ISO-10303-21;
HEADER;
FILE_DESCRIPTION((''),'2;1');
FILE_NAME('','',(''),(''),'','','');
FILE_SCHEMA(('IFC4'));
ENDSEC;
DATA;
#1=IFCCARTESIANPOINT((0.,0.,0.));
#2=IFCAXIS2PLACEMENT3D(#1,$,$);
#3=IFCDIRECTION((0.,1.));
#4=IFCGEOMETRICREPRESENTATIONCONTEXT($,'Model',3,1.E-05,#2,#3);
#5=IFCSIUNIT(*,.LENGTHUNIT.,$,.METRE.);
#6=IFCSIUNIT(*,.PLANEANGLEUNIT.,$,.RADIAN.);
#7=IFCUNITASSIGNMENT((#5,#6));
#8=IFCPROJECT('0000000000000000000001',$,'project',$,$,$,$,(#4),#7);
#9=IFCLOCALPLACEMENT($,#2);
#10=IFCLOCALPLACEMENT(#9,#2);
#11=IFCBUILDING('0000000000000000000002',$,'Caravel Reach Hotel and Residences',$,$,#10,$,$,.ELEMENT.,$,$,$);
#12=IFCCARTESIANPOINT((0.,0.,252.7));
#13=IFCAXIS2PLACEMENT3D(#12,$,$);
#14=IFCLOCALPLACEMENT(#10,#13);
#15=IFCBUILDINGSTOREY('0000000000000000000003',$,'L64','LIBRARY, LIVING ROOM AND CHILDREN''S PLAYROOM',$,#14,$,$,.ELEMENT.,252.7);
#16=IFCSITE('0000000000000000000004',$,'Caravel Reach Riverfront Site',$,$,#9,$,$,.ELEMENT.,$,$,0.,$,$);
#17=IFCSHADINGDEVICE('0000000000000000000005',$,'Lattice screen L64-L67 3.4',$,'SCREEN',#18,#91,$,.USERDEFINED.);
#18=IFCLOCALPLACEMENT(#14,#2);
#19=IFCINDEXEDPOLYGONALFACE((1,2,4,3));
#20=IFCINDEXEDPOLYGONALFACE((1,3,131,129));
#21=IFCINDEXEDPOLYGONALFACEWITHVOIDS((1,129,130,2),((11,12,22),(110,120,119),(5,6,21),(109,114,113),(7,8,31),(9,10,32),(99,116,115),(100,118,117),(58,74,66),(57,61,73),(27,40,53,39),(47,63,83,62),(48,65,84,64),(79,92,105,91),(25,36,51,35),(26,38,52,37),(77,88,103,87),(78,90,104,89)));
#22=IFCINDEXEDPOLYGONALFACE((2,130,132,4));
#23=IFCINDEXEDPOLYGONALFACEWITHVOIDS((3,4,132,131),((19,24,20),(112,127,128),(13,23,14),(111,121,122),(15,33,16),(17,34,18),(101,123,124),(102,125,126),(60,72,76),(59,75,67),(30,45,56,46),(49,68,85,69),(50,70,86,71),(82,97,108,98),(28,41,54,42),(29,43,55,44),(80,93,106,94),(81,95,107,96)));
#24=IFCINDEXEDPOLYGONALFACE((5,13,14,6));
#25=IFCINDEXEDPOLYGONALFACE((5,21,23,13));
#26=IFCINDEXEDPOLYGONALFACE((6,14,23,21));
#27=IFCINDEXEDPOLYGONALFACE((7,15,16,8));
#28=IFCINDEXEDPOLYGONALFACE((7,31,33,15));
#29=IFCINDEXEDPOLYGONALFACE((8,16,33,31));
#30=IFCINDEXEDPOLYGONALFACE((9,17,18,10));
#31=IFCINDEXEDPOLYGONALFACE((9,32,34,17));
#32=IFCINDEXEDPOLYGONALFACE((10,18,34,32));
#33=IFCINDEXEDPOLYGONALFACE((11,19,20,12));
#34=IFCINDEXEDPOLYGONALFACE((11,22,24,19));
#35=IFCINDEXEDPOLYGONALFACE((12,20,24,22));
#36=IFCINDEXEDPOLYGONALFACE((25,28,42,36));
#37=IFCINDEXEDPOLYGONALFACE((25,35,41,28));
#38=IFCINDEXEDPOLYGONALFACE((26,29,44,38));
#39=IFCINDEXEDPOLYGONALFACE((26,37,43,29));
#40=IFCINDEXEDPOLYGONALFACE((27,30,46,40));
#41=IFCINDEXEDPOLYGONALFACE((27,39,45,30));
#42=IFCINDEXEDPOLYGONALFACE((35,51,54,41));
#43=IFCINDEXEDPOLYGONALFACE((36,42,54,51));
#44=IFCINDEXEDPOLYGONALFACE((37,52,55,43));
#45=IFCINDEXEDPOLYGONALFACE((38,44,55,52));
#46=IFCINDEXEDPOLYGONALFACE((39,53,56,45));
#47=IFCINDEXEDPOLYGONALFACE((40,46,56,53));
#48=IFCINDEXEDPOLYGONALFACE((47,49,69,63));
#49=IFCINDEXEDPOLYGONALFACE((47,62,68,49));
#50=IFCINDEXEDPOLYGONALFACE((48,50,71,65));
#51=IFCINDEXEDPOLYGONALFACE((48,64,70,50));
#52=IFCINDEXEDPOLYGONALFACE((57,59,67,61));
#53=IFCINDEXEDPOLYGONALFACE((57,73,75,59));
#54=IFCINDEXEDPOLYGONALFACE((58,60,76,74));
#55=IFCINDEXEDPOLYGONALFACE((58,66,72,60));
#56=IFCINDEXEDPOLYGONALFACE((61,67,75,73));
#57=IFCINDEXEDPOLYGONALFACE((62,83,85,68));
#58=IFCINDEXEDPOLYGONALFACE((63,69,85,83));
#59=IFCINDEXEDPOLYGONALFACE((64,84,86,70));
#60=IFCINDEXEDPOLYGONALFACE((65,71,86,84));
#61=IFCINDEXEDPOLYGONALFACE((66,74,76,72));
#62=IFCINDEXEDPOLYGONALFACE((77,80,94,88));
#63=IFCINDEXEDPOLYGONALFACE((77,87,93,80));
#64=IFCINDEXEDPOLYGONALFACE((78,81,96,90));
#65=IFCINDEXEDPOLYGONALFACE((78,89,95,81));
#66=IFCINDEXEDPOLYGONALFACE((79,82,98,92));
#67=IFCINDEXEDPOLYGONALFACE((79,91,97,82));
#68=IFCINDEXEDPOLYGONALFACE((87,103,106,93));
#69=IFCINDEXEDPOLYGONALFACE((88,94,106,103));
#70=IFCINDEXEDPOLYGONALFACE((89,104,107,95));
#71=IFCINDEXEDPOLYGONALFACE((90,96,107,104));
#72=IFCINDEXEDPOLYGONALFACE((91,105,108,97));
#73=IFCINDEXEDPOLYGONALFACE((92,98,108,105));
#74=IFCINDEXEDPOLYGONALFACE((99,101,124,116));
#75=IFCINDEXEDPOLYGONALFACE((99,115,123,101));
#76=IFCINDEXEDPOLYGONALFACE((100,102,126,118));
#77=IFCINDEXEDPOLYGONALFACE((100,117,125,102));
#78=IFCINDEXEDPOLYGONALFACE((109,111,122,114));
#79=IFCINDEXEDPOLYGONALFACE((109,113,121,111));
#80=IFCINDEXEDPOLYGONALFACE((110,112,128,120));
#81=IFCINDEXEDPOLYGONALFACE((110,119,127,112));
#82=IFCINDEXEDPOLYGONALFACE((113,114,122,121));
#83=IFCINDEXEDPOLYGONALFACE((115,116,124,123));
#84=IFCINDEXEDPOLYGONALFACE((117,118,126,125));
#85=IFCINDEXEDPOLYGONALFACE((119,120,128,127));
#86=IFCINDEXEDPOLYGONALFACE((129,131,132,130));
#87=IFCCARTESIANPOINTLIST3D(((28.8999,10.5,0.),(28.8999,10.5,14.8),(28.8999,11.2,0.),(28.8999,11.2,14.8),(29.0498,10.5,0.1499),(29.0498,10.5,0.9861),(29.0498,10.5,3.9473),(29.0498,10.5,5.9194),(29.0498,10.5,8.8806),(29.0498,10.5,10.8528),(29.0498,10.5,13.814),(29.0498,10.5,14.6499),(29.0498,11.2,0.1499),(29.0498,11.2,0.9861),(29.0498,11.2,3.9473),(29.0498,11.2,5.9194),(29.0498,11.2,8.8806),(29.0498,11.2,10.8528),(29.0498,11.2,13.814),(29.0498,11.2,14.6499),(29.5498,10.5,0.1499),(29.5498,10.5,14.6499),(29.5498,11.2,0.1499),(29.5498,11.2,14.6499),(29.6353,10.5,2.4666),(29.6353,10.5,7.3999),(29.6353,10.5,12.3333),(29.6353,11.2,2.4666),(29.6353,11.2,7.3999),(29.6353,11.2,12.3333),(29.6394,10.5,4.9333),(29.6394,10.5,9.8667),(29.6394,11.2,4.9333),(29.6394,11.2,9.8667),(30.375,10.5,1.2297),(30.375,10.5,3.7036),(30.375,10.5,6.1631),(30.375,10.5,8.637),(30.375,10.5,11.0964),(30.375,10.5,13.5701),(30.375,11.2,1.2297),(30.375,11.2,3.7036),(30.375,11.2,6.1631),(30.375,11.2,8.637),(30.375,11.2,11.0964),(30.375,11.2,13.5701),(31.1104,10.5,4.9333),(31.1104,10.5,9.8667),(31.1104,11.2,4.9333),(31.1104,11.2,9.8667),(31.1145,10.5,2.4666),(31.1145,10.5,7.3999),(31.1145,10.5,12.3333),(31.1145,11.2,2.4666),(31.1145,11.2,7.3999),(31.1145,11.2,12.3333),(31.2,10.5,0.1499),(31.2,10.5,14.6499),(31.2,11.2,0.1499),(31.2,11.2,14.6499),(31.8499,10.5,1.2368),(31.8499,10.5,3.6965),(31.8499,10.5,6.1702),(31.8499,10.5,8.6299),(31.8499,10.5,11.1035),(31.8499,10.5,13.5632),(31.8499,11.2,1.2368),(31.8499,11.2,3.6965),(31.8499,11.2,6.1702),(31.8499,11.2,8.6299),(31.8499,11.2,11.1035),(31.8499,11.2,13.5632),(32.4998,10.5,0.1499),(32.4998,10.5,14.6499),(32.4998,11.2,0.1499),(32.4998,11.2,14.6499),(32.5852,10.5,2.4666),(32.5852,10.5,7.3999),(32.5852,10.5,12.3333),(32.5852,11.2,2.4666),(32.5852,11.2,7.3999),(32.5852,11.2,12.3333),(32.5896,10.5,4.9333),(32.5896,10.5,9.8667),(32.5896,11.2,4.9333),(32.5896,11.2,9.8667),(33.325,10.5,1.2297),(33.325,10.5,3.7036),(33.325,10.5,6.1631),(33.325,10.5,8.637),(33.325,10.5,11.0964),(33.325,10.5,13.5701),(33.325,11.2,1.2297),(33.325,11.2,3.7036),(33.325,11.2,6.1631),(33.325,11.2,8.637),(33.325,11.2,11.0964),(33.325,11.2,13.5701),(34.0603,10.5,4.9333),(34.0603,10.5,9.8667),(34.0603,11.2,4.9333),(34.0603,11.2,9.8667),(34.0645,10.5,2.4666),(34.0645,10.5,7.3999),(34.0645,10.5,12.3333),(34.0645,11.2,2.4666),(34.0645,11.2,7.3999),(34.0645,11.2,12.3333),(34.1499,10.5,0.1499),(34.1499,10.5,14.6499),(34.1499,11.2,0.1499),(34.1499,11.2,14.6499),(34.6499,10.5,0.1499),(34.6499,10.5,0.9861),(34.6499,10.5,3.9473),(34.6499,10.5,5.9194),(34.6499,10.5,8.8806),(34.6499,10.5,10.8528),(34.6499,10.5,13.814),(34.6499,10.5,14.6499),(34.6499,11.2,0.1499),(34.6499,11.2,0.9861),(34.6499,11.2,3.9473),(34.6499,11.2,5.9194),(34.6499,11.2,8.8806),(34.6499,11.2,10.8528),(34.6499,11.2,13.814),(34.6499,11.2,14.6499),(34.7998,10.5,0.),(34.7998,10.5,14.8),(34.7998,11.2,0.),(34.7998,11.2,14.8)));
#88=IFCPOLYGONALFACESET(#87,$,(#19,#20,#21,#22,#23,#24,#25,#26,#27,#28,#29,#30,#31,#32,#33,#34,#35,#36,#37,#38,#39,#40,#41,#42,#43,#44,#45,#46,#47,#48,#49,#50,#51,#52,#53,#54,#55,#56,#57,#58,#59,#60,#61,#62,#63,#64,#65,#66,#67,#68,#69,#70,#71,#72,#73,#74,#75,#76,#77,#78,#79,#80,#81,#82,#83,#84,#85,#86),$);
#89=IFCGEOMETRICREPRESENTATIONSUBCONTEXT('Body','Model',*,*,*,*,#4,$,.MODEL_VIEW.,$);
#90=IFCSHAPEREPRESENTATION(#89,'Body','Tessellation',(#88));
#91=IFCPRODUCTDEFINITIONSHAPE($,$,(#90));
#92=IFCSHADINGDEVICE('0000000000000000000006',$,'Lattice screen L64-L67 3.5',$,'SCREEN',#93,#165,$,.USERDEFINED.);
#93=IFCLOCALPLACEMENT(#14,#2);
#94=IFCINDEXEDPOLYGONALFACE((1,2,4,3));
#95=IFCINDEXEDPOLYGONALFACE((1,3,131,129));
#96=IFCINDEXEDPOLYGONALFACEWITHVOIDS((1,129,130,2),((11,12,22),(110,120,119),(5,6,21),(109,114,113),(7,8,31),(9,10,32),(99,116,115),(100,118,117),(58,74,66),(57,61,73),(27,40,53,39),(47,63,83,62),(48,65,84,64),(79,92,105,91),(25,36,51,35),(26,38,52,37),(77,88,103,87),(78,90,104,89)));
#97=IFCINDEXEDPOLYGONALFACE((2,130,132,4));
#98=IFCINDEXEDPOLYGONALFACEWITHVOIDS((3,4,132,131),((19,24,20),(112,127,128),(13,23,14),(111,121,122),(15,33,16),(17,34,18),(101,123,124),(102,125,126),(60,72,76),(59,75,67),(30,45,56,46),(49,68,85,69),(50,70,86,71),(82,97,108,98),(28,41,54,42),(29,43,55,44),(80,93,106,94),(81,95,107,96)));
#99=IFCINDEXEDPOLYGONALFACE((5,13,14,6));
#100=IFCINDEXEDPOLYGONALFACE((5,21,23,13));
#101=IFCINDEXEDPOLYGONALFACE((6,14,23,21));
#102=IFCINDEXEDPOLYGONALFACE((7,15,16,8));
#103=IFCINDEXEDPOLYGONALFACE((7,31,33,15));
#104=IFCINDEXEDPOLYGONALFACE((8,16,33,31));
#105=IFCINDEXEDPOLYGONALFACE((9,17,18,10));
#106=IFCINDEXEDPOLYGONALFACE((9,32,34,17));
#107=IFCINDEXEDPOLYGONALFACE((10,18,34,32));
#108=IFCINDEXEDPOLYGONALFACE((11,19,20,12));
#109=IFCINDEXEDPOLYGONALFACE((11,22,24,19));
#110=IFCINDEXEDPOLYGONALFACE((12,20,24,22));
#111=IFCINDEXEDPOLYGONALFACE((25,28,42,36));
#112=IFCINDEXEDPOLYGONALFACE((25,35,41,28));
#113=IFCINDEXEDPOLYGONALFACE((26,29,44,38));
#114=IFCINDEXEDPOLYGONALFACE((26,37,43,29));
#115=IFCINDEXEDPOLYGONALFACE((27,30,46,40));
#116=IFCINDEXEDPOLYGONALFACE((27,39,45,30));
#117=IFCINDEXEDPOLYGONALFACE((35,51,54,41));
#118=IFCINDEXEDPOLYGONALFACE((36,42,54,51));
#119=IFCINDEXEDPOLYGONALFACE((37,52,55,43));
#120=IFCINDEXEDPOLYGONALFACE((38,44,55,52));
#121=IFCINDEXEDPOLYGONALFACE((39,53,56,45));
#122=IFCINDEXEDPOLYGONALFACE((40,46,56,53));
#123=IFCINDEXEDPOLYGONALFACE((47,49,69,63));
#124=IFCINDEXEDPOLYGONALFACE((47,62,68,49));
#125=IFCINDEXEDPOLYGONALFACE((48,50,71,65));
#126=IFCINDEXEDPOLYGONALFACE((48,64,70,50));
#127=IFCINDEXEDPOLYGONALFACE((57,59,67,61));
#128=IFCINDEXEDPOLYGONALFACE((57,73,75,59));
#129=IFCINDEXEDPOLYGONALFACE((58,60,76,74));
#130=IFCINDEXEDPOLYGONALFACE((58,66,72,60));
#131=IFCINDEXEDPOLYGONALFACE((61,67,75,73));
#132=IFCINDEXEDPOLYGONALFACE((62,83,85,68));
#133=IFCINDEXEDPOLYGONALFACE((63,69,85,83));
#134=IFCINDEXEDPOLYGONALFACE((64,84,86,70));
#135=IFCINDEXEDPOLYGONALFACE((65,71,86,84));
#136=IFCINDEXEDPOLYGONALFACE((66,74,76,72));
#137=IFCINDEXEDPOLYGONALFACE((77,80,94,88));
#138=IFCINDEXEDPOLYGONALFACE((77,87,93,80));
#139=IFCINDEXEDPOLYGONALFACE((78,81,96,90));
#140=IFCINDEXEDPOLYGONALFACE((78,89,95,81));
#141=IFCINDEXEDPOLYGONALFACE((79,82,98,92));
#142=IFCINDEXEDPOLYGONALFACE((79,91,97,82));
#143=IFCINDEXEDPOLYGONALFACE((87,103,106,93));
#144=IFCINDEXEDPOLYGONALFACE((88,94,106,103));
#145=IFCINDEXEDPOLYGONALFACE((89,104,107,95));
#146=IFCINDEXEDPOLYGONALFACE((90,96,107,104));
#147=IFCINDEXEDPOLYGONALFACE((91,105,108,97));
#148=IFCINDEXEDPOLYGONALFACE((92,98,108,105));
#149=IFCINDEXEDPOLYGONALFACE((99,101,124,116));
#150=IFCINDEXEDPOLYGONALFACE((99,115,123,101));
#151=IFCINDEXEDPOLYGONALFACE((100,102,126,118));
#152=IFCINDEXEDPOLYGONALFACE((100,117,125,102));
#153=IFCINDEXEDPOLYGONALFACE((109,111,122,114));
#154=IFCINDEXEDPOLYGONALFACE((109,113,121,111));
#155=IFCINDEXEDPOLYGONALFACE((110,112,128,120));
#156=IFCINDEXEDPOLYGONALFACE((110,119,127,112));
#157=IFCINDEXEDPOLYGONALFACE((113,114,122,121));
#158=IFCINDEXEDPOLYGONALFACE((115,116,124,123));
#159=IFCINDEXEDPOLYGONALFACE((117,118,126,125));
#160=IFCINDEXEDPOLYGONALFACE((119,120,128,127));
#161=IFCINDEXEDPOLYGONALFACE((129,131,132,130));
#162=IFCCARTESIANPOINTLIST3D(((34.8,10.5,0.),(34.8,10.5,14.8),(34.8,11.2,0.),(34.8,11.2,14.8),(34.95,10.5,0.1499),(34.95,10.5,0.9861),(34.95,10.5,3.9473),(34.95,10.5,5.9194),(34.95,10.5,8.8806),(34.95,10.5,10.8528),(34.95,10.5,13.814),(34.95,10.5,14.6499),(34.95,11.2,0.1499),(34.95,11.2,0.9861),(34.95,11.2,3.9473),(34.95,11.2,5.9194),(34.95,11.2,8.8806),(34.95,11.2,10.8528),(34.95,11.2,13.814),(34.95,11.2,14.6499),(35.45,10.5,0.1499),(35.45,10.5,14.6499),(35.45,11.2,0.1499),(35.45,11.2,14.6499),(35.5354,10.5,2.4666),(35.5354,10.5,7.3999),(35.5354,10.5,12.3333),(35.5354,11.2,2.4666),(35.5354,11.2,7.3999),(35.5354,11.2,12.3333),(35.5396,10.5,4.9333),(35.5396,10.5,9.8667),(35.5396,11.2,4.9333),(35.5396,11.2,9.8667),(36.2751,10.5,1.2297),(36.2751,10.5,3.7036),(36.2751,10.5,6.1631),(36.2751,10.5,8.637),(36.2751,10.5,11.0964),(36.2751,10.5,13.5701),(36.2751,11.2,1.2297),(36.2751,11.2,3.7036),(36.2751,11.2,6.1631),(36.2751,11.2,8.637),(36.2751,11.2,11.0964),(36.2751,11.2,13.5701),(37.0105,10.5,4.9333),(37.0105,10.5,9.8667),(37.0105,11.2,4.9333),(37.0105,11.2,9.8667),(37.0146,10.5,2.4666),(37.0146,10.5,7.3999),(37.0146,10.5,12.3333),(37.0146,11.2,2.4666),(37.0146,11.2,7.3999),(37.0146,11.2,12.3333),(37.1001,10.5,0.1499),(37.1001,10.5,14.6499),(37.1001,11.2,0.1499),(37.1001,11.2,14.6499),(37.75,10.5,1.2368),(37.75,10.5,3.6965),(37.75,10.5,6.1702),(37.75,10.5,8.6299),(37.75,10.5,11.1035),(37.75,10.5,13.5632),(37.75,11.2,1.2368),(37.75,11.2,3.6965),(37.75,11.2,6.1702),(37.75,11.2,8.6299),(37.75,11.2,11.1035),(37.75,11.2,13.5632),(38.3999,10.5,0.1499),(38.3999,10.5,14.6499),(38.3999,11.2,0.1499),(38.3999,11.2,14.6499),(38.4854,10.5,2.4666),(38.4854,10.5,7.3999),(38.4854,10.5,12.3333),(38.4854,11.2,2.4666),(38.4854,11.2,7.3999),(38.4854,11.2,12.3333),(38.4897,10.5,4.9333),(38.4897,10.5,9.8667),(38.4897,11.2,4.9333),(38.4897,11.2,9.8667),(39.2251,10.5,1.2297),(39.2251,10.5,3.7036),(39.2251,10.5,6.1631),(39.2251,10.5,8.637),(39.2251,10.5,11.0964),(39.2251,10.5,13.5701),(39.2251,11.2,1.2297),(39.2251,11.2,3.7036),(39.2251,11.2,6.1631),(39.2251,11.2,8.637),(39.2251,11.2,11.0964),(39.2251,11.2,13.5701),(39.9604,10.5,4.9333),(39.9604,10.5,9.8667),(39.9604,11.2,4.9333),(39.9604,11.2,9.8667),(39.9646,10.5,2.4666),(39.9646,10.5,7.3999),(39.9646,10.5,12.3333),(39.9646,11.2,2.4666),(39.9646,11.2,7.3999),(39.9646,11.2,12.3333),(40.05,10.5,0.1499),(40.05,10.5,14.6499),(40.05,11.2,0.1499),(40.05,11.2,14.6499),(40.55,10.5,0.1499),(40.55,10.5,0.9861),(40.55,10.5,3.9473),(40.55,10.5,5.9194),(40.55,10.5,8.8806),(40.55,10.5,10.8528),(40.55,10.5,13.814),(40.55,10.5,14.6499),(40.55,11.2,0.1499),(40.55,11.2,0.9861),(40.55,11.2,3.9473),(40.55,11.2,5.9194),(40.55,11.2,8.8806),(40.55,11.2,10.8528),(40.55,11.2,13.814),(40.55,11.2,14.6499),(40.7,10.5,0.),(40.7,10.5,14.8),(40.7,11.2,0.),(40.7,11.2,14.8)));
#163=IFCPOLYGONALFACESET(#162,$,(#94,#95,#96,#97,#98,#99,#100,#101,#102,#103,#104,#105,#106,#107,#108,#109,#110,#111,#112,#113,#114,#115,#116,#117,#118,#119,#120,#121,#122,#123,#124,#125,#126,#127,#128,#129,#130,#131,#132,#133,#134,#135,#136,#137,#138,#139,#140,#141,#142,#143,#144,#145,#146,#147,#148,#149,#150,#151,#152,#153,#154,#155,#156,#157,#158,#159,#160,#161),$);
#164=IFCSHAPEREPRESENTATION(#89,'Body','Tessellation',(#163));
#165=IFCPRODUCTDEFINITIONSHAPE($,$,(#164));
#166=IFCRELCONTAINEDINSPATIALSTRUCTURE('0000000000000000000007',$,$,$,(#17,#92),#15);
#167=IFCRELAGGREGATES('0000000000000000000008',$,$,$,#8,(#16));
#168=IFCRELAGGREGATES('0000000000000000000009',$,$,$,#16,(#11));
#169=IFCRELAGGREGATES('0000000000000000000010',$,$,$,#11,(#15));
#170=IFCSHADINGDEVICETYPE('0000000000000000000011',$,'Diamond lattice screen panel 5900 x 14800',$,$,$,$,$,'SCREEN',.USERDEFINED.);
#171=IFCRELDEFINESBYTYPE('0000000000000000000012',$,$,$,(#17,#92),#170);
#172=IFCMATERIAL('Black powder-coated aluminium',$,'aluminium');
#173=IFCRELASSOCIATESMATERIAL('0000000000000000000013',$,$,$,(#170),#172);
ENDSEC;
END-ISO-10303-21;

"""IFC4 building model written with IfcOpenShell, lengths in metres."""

from ifc_helpers import new_model, si_unit, direction, frame, origin, place, context, subcontext, project, spatial, polyline, outline, extrude, material, type_object, element, save


model = new_model("IFC4")

# Units and contexts
model_context = context("Model", 3, precision=1e-05, world=origin(), true_north=direction((0.0, 1.0)))
body_context = subcontext(model_context, "Body", "Model", "MODEL_VIEW")
ifc_project = project(units=[si_unit("LENGTHUNIT", "METRE"), si_unit("PLANEANGLEUNIT", "RADIAN")], contexts=[model_context])

# Site, building, storey
site_placement = place(None, origin())
site = spatial("IfcSite", under=ifc_project, at=site_placement, Name="Caravel Reach Riverfront Site", CompositionType="ELEMENT", RefElevation=0.0)
building_placement = place(site_placement, origin())
building = spatial("IfcBuilding", under=site, at=building_placement, Name="Caravel Reach Hotel and Residences", CompositionType="ELEMENT")
storey_placement = place(building_placement, frame((0.0, 0.0, 252.7)))
storey = spatial("IfcBuildingStorey", under=building, at=storey_placement, Name="L64", Description="LIBRARY, LIVING ROOM AND CHILDREN'S PLAYROOM", CompositionType="ELEMENT", Elevation=252.7)

# Shading devices
ifc_material_1 = material(Name="Black powder-coated aluminium", Category="aluminium")
shading_device_type = type_object("IfcShadingDeviceType", Name="Diamond lattice screen panel 5900 x 14800", ElementType="SCREEN", PredefinedType="USERDEFINED", material=ifc_material_1)
shading_device_1_placement = place(storey_placement, frame((28.8999, 11.2, 0.0), z_axis=(0.0, -1.0, 0.0), x_axis=(1.0, 0.0, 0.0)))
element("IfcShadingDevice", 1, at=shading_device_1_placement, inside=storey, type_object=shading_device_type, Name="Lattice screen L64-L67 3.4", ObjectType="SCREEN", PredefinedType="USERDEFINED", context=body_context, shape_type="SweptSolid", body=[
    extrude(outline(polyline([(0.0, 0.0), (5.8999, 0.0), (5.8999, 14.8), (0.0, 14.8), (0.0, 0.0)]), holes=[polyline([(0.6499, 0.1499), (0.1499, 0.9861), (0.1499, 0.1499), (0.6499, 0.1499)]), polyline([(0.7395, 4.9333), (0.1499, 5.9194), (0.1499, 3.9473), (0.7395, 4.9333)]), polyline([(0.7395, 9.8667), (0.1499, 10.8528), (0.1499, 8.8806), (0.7395, 9.8667)]), polyline([(0.1499, 13.814), (0.6499, 14.6499), (0.1499, 14.6499), (0.1499, 13.814)]), polyline([(1.4751, 3.7036), (0.7354, 2.4666), (1.4751, 1.2297), (2.2146, 2.4666), (1.4751, 3.7036)]), polyline([(1.4751, 8.637), (0.7354, 7.3999), (1.4751, 6.1631), (2.2146, 7.3999), (1.4751, 8.637)]), polyline([(1.4751, 13.5701), (0.7354, 12.3333), (1.4751, 11.0964), (2.2146, 12.3333), (1.4751, 13.5701)]), polyline([(2.95, 1.2368), (2.3, 0.1499), (3.5999, 0.1499), (2.95, 1.2368)]), polyline([(2.95, 6.1702), (2.2104, 4.9333), (2.95, 3.6965), (3.6897, 4.9333), (2.95, 6.1702)]), polyline([(2.95, 11.1035), (2.2104, 9.8667), (2.95, 8.6299), (3.6897, 9.8667), (2.95, 11.1035)]), polyline([(2.95, 13.5632), (3.5999, 14.6499), (2.3, 14.6499), (2.95, 13.5632)]), polyline([(4.425, 3.7036), (3.6853, 2.4666), (4.425, 1.2297), (5.1646, 2.4666), (4.425, 3.7036)]), polyline([(4.425, 8.637), (3.6853, 7.3999), (4.425, 6.1631), (5.1646, 7.3999), (4.425, 8.637)]), polyline([(4.425, 13.5701), (3.6853, 12.3333), (4.425, 11.0964), (5.1646, 12.3333), (4.425, 13.5701)]), polyline([(5.75, 0.9861), (5.25, 0.1499), (5.75, 0.1499), (5.75, 0.9861)]), polyline([(5.1604, 4.9333), (5.75, 3.9473), (5.75, 5.9194), (5.1604, 4.9333)]), polyline([(5.1604, 9.8667), (5.75, 8.8806), (5.75, 10.8528), (5.1604, 9.8667)]), polyline([(5.25, 14.6499), (5.75, 13.814), (5.75, 14.6499), (5.25, 14.6499)])]), origin(), (0.0, 0.0, 1.0), 0.7),
])
shading_device_2_placement = place(storey_placement, frame((34.8, 11.2, 0.0), z_axis=(0.0, -1.0, 0.0), x_axis=(1.0, 0.0, 0.0)))
element("IfcShadingDevice", 2, at=shading_device_2_placement, inside=storey, type_object=shading_device_type, Name="Lattice screen L64-L67 3.5", ObjectType="SCREEN", PredefinedType="USERDEFINED", context=body_context, shape_type="SweptSolid", body=[
    extrude(outline(polyline([(0.0, 0.0), (5.8999, 0.0), (5.8999, 14.8), (0.0, 14.8), (0.0, 0.0)]), holes=[polyline([(0.6499, 0.1499), (0.1499, 0.9861), (0.1499, 0.1499), (0.6499, 0.1499)]), polyline([(0.7395, 4.9333), (0.1499, 5.9194), (0.1499, 3.9473), (0.7395, 4.9333)]), polyline([(0.7395, 9.8667), (0.1499, 10.8528), (0.1499, 8.8806), (0.7395, 9.8667)]), polyline([(0.1499, 13.814), (0.6499, 14.6499), (0.1499, 14.6499), (0.1499, 13.814)]), polyline([(1.4751, 3.7036), (0.7354, 2.4666), (1.4751, 1.2297), (2.2146, 2.4666), (1.4751, 3.7036)]), polyline([(1.4751, 8.637), (0.7354, 7.3999), (1.4751, 6.1631), (2.2146, 7.3999), (1.4751, 8.637)]), polyline([(1.4751, 13.5701), (0.7354, 12.3333), (1.4751, 11.0964), (2.2146, 12.3333), (1.4751, 13.5701)]), polyline([(2.95, 1.2368), (2.3, 0.1499), (3.5999, 0.1499), (2.95, 1.2368)]), polyline([(2.95, 6.1702), (2.2104, 4.9333), (2.95, 3.6965), (3.6897, 4.9333), (2.95, 6.1702)]), polyline([(2.95, 11.1035), (2.2104, 9.8667), (2.95, 8.6299), (3.6897, 9.8667), (2.95, 11.1035)]), polyline([(2.95, 13.5632), (3.5999, 14.6499), (2.3, 14.6499), (2.95, 13.5632)]), polyline([(4.425, 3.7036), (3.6853, 2.4666), (4.425, 1.2297), (5.1646, 2.4666), (4.425, 3.7036)]), polyline([(4.425, 8.637), (3.6853, 7.3999), (4.425, 6.1631), (5.1646, 7.3999), (4.425, 8.637)]), polyline([(4.425, 13.5701), (3.6853, 12.3333), (4.425, 11.0964), (5.1646, 12.3333), (4.425, 13.5701)]), polyline([(5.75, 0.9861), (5.25, 0.1499), (5.75, 0.1499), (5.75, 0.9861)]), polyline([(5.1604, 4.9333), (5.75, 3.9473), (5.75, 5.9194), (5.1604, 4.9333)]), polyline([(5.1604, 9.8667), (5.75, 8.8806), (5.75, 10.8528), (5.1604, 9.8667)]), polyline([(5.25, 14.6499), (5.75, 13.814), (5.75, 14.6499), (5.25, 14.6499)])]), origin(), (0.0, 0.0, 1.0), 0.7),
])

save(model, "model.ifc")
